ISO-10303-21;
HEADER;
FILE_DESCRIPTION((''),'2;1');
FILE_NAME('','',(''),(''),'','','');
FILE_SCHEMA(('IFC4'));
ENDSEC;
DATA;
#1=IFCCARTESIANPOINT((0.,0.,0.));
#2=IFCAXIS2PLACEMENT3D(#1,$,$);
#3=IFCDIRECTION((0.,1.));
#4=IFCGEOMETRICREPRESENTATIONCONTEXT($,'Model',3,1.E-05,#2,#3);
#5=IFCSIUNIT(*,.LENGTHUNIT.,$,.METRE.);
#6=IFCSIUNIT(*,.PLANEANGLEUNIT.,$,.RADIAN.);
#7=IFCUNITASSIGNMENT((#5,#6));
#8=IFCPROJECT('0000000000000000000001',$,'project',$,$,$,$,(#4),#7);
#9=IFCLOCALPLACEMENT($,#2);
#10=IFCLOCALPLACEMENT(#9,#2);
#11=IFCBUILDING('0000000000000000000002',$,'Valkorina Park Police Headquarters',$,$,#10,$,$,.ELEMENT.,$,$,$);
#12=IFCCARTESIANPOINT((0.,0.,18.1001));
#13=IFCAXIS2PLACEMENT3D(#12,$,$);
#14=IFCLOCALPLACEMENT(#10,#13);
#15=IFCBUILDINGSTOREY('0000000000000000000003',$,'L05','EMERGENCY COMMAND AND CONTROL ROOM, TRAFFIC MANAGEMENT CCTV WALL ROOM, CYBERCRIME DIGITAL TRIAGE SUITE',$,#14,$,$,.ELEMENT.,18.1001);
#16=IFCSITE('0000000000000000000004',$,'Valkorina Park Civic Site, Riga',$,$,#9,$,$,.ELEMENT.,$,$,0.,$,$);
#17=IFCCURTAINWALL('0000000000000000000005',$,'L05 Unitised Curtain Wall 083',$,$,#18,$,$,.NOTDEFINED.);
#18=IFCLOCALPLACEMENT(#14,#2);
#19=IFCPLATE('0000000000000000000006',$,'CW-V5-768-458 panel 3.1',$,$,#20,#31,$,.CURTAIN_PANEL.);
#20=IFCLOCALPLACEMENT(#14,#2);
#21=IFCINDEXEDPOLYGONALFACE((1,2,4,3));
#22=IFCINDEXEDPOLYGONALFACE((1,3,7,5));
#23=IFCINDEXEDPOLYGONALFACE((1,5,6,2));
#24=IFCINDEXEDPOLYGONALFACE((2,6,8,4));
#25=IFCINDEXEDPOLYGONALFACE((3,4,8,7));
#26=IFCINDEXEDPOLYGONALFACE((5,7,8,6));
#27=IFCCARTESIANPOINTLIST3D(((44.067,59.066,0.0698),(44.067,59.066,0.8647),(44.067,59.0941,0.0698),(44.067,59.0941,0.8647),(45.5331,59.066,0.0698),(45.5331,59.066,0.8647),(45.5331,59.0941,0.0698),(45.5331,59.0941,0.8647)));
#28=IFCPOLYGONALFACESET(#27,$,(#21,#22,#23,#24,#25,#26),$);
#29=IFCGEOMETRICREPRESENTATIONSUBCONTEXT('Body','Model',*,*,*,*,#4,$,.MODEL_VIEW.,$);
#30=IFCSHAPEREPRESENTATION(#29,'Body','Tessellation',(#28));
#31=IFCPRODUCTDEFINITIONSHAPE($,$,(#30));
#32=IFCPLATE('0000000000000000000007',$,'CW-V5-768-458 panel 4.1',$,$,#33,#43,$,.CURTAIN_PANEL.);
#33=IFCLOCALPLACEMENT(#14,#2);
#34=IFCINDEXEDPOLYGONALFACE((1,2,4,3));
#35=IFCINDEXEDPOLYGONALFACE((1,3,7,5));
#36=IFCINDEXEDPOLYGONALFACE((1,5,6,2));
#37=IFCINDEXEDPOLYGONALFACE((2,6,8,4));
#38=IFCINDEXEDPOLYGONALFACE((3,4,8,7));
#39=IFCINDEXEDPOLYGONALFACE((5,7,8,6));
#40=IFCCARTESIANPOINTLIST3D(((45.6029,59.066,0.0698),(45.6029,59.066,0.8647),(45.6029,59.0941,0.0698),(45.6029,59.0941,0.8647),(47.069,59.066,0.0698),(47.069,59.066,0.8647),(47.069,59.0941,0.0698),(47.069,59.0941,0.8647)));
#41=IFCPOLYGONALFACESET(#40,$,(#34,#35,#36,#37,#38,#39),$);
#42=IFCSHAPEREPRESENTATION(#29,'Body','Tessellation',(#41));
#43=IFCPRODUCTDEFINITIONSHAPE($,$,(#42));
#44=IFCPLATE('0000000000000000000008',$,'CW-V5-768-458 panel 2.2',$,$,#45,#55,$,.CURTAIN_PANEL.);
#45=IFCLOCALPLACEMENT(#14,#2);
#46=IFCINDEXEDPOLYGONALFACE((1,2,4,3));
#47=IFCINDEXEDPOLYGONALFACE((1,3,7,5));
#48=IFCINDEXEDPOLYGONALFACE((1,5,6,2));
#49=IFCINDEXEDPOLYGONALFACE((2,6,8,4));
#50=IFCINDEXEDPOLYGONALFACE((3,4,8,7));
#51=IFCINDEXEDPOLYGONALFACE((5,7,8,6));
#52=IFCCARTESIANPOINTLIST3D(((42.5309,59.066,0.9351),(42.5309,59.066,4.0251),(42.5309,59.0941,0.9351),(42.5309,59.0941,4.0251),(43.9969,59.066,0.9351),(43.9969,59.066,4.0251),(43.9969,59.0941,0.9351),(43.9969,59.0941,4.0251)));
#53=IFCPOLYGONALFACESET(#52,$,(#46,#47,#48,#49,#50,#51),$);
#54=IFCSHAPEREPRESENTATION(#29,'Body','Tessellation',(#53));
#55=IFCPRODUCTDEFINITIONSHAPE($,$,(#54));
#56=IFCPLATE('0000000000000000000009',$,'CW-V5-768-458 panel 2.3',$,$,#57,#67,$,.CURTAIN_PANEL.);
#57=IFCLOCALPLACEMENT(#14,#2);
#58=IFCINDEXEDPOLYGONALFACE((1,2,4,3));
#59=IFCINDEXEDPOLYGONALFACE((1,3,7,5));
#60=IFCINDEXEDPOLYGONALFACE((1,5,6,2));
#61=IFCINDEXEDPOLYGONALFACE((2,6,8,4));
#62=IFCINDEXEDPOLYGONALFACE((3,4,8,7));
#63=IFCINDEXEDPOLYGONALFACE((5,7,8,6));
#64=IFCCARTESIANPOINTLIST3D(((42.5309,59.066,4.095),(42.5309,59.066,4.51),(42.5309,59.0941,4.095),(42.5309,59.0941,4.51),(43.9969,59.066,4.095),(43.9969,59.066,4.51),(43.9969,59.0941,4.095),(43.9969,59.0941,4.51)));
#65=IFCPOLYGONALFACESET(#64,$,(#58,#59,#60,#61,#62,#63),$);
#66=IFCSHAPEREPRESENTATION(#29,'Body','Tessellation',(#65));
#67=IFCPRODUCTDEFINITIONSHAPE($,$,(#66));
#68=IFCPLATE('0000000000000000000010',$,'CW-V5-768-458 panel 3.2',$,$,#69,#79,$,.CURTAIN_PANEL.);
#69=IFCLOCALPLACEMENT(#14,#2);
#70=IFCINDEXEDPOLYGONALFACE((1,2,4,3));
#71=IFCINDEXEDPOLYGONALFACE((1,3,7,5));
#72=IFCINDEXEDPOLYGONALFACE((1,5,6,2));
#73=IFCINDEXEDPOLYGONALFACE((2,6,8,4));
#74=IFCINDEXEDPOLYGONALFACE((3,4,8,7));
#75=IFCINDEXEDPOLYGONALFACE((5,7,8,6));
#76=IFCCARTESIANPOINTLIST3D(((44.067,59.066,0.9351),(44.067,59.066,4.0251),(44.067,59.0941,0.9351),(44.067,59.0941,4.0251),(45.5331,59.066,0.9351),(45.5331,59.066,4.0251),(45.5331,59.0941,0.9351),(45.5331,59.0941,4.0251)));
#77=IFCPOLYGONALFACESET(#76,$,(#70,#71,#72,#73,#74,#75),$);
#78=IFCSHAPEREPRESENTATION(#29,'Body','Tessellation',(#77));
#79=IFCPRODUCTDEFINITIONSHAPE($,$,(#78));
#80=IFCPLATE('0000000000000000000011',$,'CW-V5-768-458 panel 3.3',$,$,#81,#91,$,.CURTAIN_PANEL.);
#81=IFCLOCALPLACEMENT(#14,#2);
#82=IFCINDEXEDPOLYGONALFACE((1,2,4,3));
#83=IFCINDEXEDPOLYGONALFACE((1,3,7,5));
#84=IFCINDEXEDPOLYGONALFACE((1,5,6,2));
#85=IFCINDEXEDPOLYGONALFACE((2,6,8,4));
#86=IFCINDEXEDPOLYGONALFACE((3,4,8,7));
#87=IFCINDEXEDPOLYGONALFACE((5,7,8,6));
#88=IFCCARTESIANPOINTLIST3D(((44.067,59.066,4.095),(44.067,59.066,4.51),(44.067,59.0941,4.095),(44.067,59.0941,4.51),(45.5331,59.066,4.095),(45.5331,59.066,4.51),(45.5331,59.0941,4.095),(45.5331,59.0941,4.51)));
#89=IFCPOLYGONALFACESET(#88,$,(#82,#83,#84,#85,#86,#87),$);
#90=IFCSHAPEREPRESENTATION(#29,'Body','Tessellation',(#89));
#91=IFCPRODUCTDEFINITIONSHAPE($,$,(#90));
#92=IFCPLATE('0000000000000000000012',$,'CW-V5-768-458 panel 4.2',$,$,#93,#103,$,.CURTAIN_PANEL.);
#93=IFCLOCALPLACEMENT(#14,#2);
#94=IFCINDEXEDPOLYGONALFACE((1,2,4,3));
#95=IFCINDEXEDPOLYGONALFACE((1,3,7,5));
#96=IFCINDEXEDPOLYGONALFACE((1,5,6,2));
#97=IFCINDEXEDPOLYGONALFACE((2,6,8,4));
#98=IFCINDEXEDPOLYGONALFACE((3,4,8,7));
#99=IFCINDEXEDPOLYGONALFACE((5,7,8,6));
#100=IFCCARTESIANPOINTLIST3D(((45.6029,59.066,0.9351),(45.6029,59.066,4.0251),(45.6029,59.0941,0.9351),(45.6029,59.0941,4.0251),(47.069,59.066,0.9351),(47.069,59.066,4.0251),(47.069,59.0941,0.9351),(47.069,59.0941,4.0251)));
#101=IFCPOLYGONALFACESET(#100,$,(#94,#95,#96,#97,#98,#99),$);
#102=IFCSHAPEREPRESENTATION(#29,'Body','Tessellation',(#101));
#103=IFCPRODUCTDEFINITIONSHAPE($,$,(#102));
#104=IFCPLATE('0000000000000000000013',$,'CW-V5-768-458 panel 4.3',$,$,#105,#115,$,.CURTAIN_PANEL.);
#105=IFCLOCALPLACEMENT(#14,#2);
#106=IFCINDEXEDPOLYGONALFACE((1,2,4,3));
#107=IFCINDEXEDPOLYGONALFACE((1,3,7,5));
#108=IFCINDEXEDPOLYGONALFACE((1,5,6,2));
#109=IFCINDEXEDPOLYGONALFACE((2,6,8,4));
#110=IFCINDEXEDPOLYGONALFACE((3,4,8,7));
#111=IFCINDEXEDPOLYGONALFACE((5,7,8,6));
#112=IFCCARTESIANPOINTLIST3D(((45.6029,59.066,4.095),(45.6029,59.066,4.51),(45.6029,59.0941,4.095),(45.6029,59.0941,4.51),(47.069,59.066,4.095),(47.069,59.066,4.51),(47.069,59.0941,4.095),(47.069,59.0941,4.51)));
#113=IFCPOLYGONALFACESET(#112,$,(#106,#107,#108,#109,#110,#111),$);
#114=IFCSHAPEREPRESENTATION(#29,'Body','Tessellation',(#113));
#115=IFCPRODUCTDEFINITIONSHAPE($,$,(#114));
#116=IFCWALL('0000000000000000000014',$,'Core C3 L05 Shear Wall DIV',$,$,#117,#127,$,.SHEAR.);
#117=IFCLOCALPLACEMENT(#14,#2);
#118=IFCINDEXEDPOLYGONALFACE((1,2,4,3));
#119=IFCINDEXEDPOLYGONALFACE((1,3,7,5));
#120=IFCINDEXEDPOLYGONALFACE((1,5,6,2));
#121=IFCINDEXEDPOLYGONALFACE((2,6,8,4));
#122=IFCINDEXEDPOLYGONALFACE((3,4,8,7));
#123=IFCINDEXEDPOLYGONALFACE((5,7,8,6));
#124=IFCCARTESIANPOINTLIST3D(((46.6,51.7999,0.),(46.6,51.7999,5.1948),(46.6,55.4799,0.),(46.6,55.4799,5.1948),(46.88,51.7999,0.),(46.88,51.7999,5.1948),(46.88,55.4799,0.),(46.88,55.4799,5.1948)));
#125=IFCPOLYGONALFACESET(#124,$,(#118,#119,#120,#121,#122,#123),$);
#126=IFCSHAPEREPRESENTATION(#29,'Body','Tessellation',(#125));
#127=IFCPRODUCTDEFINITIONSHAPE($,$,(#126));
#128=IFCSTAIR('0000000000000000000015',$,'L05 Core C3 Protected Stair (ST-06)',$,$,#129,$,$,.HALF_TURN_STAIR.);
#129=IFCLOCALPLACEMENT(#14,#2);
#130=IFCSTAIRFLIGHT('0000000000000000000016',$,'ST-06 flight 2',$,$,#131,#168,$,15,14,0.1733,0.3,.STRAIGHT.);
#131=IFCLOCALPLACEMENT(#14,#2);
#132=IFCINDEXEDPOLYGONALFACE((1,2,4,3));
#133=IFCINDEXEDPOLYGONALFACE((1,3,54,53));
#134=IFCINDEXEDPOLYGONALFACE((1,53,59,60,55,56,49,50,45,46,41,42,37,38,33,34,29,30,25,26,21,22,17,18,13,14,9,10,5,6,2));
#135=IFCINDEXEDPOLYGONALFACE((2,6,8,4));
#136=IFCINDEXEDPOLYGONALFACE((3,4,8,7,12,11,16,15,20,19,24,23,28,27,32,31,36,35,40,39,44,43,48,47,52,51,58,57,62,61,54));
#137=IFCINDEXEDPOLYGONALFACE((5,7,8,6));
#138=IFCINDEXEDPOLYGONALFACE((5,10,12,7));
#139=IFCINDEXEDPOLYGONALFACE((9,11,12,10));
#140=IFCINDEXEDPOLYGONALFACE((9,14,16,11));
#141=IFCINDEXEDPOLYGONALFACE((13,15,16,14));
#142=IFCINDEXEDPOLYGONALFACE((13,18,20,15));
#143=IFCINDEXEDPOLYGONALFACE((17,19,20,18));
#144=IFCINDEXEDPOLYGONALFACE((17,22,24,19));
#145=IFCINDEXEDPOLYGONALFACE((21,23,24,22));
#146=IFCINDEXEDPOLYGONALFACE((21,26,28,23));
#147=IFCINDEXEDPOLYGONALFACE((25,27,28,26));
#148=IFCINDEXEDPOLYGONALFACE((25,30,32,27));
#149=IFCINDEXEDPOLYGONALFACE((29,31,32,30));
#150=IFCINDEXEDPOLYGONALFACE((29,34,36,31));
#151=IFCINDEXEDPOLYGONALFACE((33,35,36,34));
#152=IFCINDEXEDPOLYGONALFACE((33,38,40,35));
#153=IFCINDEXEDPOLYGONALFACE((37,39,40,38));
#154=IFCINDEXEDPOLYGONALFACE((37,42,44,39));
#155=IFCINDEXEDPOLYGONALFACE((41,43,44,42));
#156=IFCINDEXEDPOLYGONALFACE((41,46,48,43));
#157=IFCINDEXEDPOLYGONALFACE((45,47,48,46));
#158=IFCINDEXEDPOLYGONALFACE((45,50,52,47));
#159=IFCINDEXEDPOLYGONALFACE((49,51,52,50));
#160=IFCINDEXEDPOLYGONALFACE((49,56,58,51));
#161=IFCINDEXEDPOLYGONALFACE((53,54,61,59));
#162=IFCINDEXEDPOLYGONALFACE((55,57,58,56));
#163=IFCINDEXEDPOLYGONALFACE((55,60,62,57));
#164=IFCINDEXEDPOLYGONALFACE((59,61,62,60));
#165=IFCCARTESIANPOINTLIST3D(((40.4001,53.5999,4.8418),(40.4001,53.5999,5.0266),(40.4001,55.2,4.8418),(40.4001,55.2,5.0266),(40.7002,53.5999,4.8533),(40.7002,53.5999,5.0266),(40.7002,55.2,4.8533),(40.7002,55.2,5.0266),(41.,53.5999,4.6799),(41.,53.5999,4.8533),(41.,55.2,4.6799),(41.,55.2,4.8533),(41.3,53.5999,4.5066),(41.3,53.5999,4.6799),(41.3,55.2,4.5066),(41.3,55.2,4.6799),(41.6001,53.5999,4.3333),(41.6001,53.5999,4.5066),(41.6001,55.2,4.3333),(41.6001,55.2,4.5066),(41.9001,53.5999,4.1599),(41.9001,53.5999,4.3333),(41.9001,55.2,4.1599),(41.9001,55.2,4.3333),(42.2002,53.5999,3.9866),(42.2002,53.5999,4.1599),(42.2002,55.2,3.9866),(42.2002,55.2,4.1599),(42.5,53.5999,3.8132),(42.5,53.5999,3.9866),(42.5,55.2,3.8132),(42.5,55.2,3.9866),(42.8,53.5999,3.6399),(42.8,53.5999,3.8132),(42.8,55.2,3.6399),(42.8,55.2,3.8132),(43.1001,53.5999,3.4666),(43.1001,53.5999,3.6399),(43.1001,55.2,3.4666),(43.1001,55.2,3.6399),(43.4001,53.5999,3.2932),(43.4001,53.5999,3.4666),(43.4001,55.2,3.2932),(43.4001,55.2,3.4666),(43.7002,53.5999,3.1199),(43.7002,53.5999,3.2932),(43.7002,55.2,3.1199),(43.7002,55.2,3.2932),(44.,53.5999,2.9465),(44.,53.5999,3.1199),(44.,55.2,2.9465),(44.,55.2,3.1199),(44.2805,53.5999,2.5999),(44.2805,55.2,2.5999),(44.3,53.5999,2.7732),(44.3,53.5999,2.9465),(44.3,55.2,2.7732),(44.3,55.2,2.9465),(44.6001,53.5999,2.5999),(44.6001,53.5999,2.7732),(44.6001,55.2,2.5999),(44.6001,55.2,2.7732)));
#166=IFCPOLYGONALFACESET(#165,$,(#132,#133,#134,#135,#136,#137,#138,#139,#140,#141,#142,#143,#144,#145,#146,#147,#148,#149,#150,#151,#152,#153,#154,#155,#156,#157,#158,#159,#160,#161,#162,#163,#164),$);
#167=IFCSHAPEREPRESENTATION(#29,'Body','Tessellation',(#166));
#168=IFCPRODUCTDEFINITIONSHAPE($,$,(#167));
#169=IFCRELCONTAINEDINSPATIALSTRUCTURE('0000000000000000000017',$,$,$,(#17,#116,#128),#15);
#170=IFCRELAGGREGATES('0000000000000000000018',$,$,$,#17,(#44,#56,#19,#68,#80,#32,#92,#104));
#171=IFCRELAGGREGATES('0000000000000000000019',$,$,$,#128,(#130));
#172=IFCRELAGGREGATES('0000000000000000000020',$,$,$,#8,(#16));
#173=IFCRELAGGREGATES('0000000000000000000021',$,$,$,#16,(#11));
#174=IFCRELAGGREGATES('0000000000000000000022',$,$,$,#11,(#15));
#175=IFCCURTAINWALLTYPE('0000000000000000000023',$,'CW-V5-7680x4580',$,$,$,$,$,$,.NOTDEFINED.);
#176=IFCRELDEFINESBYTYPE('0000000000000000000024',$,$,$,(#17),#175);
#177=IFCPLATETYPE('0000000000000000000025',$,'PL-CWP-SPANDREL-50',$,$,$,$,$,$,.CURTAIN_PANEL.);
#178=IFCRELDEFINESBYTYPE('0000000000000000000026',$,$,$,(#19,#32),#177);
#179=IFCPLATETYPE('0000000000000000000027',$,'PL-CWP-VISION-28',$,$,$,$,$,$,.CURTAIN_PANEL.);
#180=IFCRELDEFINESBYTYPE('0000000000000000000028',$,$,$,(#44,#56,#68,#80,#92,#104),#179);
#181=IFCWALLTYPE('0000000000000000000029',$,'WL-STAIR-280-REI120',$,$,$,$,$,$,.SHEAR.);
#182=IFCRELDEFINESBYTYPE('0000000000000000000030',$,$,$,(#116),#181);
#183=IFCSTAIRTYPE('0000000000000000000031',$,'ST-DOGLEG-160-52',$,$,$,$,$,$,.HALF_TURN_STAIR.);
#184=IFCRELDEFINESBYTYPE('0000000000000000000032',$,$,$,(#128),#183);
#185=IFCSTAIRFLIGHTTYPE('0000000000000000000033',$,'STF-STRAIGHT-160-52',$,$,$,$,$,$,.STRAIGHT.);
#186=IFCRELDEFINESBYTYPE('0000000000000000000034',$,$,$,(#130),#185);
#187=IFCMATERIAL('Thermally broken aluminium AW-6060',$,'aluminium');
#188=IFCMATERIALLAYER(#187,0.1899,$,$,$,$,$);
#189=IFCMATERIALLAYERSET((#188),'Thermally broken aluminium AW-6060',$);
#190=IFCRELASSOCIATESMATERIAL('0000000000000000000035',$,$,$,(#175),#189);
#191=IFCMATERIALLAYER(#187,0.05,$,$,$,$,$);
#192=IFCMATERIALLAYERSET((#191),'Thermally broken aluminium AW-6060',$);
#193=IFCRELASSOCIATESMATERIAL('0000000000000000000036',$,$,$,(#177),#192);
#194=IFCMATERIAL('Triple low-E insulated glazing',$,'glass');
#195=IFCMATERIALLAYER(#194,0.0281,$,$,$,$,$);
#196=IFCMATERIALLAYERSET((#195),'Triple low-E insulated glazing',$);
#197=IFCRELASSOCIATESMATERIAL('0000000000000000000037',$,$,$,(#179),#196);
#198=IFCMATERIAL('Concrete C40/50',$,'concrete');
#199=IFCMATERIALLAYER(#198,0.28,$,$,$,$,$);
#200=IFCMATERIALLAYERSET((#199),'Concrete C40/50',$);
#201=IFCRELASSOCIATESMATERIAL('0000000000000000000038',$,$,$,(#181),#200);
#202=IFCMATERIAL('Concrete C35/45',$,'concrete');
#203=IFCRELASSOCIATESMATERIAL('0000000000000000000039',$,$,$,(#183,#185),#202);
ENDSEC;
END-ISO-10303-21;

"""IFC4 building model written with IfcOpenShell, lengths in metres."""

from ifc_helpers import new_model, si_unit, direction, frame, frame_2d, origin, origin_2d, place, context, subcontext, project, spatial, polyline, rectangle, outline, extrude, material, layer, layer_set, type_object, element, aggregate, save


model = new_model("IFC4")

# Units and contexts
model_context = context("Model", 3, precision=1e-05, world=origin(), true_north=direction((0.0, 1.0)))
body_context = subcontext(model_context, "Body", "Model", "MODEL_VIEW")
ifc_project = project(units=[si_unit("LENGTHUNIT", "METRE"), si_unit("PLANEANGLEUNIT", "RADIAN")], contexts=[model_context])

# Site, building, storey
site_placement = place(None, origin())
site = spatial("IfcSite", under=ifc_project, at=site_placement, Name="Valkorina Park Civic Site, Riga", CompositionType="ELEMENT", RefElevation=0.0)
building_placement = place(site_placement, origin())
building = spatial("IfcBuilding", under=site, at=building_placement, Name="Valkorina Park Police Headquarters", CompositionType="ELEMENT")
storey_placement = place(building_placement, frame((0.0, 0.0, 18.1001)))
storey = spatial("IfcBuildingStorey", under=building, at=storey_placement, Name="L05", Description="EMERGENCY COMMAND AND CONTROL ROOM, TRAFFIC MANAGEMENT CCTV WALL ROOM, CYBERCRIME DIGITAL TRIAGE SUITE", CompositionType="ELEMENT", Elevation=18.1001)

# Curtain wall, plates
ifc_material_1 = material(Name="Thermally broken aluminium AW-6060", Category="aluminium")
ifc_layer_1 = layer(ifc_material_1, 0.1899)
ifc_layer_set_1 = layer_set([ifc_layer_1], Name="Thermally broken aluminium AW-6060")
curtain_wall_type = type_object("IfcCurtainWallType", Name="CW-V5-7680x4580", PredefinedType="NOTDEFINED", material=ifc_layer_set_1)
curtain_wall_placement = place(storey_placement, origin())
curtain_wall = element("IfcCurtainWall", 1, at=curtain_wall_placement, inside=storey, type_object=curtain_wall_type, Name="L05 Unitised Curtain Wall 083", PredefinedType="NOTDEFINED")
ifc_layer_2 = layer(ifc_material_1, 0.05)
ifc_layer_set_2 = layer_set([ifc_layer_2], Name="Thermally broken aluminium AW-6060")
plate_type_1 = type_object("IfcPlateType", Name="PL-CWP-SPANDREL-50", PredefinedType="CURTAIN_PANEL", material=ifc_layer_set_2)
plate_1_placement = place(storey_placement, frame((44.8, 59.0801, 0.0698), z_axis=(0.0, 0.0, 1.0), x_axis=(1.0, 0.0, 0.0)))
plate_1 = element("IfcPlate", 2, at=plate_1_placement, type_object=plate_type_1, Name="CW-V5-768-458 panel 3.1", PredefinedType="CURTAIN_PANEL", context=body_context, shape_type="SweptSolid", body=[
    extrude(rectangle(XDim=1.4661, YDim=0.0281, at=origin_2d()), origin(), (0.0, 0.0, 1.0), 0.7949),
])
plate_2_placement = place(storey_placement, frame((46.3359, 59.0801, 0.0698), z_axis=(0.0, 0.0, 1.0), x_axis=(1.0, 0.0, 0.0)))
plate_2 = element("IfcPlate", 3, at=plate_2_placement, type_object=plate_type_1, Name="CW-V5-768-458 panel 4.1", PredefinedType="CURTAIN_PANEL", context=body_context, shape_type="SweptSolid", body=[
    extrude(rectangle(XDim=1.4661, YDim=0.0281, at=origin_2d()), origin(), (0.0, 0.0, 1.0), 0.7949),
])
ifc_material_2 = material(Name="Triple low-E insulated glazing", Category="glass")
ifc_layer_3 = layer(ifc_material_2, 0.0281)
ifc_layer_set_3 = layer_set([ifc_layer_3], Name="Triple low-E insulated glazing")
plate_type_2 = type_object("IfcPlateType", Name="PL-CWP-VISION-28", PredefinedType="CURTAIN_PANEL", material=ifc_layer_set_3)
plate_3_placement = place(storey_placement, frame((43.2639, 59.0801, 0.9351), z_axis=(0.0, 0.0, 1.0), x_axis=(1.0, 0.0, 0.0)))
plate_3 = element("IfcPlate", 4, at=plate_3_placement, type_object=plate_type_2, Name="CW-V5-768-458 panel 2.2", PredefinedType="CURTAIN_PANEL", context=body_context, shape_type="SweptSolid", body=[
    extrude(rectangle(XDim=1.4661, YDim=0.0281, at=origin_2d()), origin(), (0.0, 0.0, 1.0), 3.0901),
])
plate_4_placement = place(storey_placement, frame((43.2639, 59.0801, 4.095), z_axis=(0.0, 0.0, 1.0), x_axis=(1.0, 0.0, 0.0)))
plate_4 = element("IfcPlate", 5, at=plate_4_placement, type_object=plate_type_2, Name="CW-V5-768-458 panel 2.3", PredefinedType="CURTAIN_PANEL", context=body_context, shape_type="SweptSolid", body=[
    extrude(rectangle(XDim=1.4661, YDim=0.0281, at=origin_2d()), origin(), (0.0, 0.0, 1.0), 0.415),
])
plate_5_placement = place(storey_placement, frame((44.8, 59.0801, 0.9351), z_axis=(0.0, 0.0, 1.0), x_axis=(1.0, 0.0, 0.0)))
plate_5 = element("IfcPlate", 6, at=plate_5_placement, type_object=plate_type_2, Name="CW-V5-768-458 panel 3.2", PredefinedType="CURTAIN_PANEL", context=body_context, shape_type="SweptSolid", body=[
    extrude(rectangle(XDim=1.4661, YDim=0.0281, at=origin_2d()), origin(), (0.0, 0.0, 1.0), 3.0901),
])
plate_6_placement = place(storey_placement, frame((44.8, 59.0801, 4.095), z_axis=(0.0, 0.0, 1.0), x_axis=(1.0, 0.0, 0.0)))
plate_6 = element("IfcPlate", 7, at=plate_6_placement, type_object=plate_type_2, Name="CW-V5-768-458 panel 3.3", PredefinedType="CURTAIN_PANEL", context=body_context, shape_type="SweptSolid", body=[
    extrude(rectangle(XDim=1.4661, YDim=0.0281, at=origin_2d()), origin(), (0.0, 0.0, 1.0), 0.415),
])
plate_7_placement = place(storey_placement, frame((46.3359, 59.0801, 0.9351), z_axis=(0.0, 0.0, 1.0), x_axis=(1.0, 0.0, 0.0)))
plate_7 = element("IfcPlate", 8, at=plate_7_placement, type_object=plate_type_2, Name="CW-V5-768-458 panel 4.2", PredefinedType="CURTAIN_PANEL", context=body_context, shape_type="SweptSolid", body=[
    extrude(rectangle(XDim=1.4661, YDim=0.0281, at=origin_2d()), origin(), (0.0, 0.0, 1.0), 3.0901),
])
plate_8_placement = place(storey_placement, frame((46.3359, 59.0801, 4.095), z_axis=(0.0, 0.0, 1.0), x_axis=(1.0, 0.0, 0.0)))
plate_8 = element("IfcPlate", 9, at=plate_8_placement, type_object=plate_type_2, Name="CW-V5-768-458 panel 4.3", PredefinedType="CURTAIN_PANEL", context=body_context, shape_type="SweptSolid", body=[
    extrude(rectangle(XDim=1.4661, YDim=0.0281, at=origin_2d()), origin(), (0.0, 0.0, 1.0), 0.415),
])
aggregate(curtain_wall, [plate_3, plate_4, plate_1, plate_5, plate_6, plate_2, plate_7, plate_8])

# Wall
ifc_material_3 = material(Name="Concrete C40/50", Category="concrete")
ifc_layer_4 = layer(ifc_material_3, 0.28)
ifc_layer_set_4 = layer_set([ifc_layer_4], Name="Concrete C40/50")
wall_type = type_object("IfcWallType", Name="WL-STAIR-280-REI120", PredefinedType="SHEAR", material=ifc_layer_set_4)
wall_placement = place(storey_placement, frame((46.74, 51.8, 0.0), z_axis=(0.0, 0.0, 1.0), x_axis=(0.0, 1.0, 0.0)))
element("IfcWall", 10, at=wall_placement, inside=storey, type_object=wall_type, Name="Core C3 L05 Shear Wall DIV", PredefinedType="SHEAR", context=body_context, shape_type="SweptSolid", body=[
    extrude(rectangle(XDim=3.6799, YDim=0.28, at=frame_2d((1.8398, 0.0))), origin(), (0.0, 0.0, 1.0), 5.1948),
])

# Stair, stair flight
ifc_material_4 = material(Name="Concrete C35/45", Category="concrete")
stair_type = type_object("IfcStairType", Name="ST-DOGLEG-160-52", PredefinedType="HALF_TURN_STAIR", material=ifc_material_4)
stair_placement = place(storey_placement, origin())
stair = element("IfcStair", 11, at=stair_placement, inside=storey, type_object=stair_type, Name="L05 Core C3 Protected Stair (ST-06)", PredefinedType="HALF_TURN_STAIR")
stair_flight_type = type_object("IfcStairFlightType", Name="STF-STRAIGHT-160-52", PredefinedType="STRAIGHT", material=ifc_material_4)
stair_flight_placement = place(storey_placement, frame((44.6001, 54.3999, 2.5999), z_axis=(0.0, 0.0, 1.0), x_axis=(-1.0, 0.0, 0.0)))
stair_flight = element("IfcStairFlight", 12, at=stair_flight_placement, type_object=stair_flight_type, Name="ST-06 flight 2", NumberOfRisers=15, NumberOfTreads=14, PredefinedType="STRAIGHT", RiserHeight=0.1733, TreadLength=0.3, context=body_context, shape_type="SweptSolid", body=[
    extrude(outline(polyline([(0.0, 0.0), (0.0, 0.1733), (0.3, 0.1733), (0.3, 0.3467), (0.6001, 0.3467), (0.6001, 0.52), (0.8999, 0.52), (0.8999, 0.6934), (1.2, 0.6934), (1.2, 0.8667), (1.5, 0.8667), (1.5, 1.04), (1.8, 1.04), (1.8, 1.2134), (2.1001, 1.2134), (2.1001, 1.3867), (2.3999, 1.3867), (2.3999, 1.5601), (2.7, 1.5601), (2.7, 1.7334), (3.0, 1.7334), (3.0, 1.9067), (3.3, 1.9067), (3.3, 2.0801), (3.6001, 2.0801), (3.6001, 2.2534), (3.8999, 2.2534), (3.8999, 2.4268), (4.2, 2.4268), (4.2, 2.6001), (4.2, 2.2419), (0.3196, 0.0), (0.0, 0.0)])), frame((0.0, 0.8, 0.0), z_axis=(0.0, -1.0, 0.0), x_axis=(1.0, 0.0, 0.0)), (0.0, 0.0, 1.0), 1.6001),
])
aggregate(stair, [stair_flight])

save(model, "model.ifc")
